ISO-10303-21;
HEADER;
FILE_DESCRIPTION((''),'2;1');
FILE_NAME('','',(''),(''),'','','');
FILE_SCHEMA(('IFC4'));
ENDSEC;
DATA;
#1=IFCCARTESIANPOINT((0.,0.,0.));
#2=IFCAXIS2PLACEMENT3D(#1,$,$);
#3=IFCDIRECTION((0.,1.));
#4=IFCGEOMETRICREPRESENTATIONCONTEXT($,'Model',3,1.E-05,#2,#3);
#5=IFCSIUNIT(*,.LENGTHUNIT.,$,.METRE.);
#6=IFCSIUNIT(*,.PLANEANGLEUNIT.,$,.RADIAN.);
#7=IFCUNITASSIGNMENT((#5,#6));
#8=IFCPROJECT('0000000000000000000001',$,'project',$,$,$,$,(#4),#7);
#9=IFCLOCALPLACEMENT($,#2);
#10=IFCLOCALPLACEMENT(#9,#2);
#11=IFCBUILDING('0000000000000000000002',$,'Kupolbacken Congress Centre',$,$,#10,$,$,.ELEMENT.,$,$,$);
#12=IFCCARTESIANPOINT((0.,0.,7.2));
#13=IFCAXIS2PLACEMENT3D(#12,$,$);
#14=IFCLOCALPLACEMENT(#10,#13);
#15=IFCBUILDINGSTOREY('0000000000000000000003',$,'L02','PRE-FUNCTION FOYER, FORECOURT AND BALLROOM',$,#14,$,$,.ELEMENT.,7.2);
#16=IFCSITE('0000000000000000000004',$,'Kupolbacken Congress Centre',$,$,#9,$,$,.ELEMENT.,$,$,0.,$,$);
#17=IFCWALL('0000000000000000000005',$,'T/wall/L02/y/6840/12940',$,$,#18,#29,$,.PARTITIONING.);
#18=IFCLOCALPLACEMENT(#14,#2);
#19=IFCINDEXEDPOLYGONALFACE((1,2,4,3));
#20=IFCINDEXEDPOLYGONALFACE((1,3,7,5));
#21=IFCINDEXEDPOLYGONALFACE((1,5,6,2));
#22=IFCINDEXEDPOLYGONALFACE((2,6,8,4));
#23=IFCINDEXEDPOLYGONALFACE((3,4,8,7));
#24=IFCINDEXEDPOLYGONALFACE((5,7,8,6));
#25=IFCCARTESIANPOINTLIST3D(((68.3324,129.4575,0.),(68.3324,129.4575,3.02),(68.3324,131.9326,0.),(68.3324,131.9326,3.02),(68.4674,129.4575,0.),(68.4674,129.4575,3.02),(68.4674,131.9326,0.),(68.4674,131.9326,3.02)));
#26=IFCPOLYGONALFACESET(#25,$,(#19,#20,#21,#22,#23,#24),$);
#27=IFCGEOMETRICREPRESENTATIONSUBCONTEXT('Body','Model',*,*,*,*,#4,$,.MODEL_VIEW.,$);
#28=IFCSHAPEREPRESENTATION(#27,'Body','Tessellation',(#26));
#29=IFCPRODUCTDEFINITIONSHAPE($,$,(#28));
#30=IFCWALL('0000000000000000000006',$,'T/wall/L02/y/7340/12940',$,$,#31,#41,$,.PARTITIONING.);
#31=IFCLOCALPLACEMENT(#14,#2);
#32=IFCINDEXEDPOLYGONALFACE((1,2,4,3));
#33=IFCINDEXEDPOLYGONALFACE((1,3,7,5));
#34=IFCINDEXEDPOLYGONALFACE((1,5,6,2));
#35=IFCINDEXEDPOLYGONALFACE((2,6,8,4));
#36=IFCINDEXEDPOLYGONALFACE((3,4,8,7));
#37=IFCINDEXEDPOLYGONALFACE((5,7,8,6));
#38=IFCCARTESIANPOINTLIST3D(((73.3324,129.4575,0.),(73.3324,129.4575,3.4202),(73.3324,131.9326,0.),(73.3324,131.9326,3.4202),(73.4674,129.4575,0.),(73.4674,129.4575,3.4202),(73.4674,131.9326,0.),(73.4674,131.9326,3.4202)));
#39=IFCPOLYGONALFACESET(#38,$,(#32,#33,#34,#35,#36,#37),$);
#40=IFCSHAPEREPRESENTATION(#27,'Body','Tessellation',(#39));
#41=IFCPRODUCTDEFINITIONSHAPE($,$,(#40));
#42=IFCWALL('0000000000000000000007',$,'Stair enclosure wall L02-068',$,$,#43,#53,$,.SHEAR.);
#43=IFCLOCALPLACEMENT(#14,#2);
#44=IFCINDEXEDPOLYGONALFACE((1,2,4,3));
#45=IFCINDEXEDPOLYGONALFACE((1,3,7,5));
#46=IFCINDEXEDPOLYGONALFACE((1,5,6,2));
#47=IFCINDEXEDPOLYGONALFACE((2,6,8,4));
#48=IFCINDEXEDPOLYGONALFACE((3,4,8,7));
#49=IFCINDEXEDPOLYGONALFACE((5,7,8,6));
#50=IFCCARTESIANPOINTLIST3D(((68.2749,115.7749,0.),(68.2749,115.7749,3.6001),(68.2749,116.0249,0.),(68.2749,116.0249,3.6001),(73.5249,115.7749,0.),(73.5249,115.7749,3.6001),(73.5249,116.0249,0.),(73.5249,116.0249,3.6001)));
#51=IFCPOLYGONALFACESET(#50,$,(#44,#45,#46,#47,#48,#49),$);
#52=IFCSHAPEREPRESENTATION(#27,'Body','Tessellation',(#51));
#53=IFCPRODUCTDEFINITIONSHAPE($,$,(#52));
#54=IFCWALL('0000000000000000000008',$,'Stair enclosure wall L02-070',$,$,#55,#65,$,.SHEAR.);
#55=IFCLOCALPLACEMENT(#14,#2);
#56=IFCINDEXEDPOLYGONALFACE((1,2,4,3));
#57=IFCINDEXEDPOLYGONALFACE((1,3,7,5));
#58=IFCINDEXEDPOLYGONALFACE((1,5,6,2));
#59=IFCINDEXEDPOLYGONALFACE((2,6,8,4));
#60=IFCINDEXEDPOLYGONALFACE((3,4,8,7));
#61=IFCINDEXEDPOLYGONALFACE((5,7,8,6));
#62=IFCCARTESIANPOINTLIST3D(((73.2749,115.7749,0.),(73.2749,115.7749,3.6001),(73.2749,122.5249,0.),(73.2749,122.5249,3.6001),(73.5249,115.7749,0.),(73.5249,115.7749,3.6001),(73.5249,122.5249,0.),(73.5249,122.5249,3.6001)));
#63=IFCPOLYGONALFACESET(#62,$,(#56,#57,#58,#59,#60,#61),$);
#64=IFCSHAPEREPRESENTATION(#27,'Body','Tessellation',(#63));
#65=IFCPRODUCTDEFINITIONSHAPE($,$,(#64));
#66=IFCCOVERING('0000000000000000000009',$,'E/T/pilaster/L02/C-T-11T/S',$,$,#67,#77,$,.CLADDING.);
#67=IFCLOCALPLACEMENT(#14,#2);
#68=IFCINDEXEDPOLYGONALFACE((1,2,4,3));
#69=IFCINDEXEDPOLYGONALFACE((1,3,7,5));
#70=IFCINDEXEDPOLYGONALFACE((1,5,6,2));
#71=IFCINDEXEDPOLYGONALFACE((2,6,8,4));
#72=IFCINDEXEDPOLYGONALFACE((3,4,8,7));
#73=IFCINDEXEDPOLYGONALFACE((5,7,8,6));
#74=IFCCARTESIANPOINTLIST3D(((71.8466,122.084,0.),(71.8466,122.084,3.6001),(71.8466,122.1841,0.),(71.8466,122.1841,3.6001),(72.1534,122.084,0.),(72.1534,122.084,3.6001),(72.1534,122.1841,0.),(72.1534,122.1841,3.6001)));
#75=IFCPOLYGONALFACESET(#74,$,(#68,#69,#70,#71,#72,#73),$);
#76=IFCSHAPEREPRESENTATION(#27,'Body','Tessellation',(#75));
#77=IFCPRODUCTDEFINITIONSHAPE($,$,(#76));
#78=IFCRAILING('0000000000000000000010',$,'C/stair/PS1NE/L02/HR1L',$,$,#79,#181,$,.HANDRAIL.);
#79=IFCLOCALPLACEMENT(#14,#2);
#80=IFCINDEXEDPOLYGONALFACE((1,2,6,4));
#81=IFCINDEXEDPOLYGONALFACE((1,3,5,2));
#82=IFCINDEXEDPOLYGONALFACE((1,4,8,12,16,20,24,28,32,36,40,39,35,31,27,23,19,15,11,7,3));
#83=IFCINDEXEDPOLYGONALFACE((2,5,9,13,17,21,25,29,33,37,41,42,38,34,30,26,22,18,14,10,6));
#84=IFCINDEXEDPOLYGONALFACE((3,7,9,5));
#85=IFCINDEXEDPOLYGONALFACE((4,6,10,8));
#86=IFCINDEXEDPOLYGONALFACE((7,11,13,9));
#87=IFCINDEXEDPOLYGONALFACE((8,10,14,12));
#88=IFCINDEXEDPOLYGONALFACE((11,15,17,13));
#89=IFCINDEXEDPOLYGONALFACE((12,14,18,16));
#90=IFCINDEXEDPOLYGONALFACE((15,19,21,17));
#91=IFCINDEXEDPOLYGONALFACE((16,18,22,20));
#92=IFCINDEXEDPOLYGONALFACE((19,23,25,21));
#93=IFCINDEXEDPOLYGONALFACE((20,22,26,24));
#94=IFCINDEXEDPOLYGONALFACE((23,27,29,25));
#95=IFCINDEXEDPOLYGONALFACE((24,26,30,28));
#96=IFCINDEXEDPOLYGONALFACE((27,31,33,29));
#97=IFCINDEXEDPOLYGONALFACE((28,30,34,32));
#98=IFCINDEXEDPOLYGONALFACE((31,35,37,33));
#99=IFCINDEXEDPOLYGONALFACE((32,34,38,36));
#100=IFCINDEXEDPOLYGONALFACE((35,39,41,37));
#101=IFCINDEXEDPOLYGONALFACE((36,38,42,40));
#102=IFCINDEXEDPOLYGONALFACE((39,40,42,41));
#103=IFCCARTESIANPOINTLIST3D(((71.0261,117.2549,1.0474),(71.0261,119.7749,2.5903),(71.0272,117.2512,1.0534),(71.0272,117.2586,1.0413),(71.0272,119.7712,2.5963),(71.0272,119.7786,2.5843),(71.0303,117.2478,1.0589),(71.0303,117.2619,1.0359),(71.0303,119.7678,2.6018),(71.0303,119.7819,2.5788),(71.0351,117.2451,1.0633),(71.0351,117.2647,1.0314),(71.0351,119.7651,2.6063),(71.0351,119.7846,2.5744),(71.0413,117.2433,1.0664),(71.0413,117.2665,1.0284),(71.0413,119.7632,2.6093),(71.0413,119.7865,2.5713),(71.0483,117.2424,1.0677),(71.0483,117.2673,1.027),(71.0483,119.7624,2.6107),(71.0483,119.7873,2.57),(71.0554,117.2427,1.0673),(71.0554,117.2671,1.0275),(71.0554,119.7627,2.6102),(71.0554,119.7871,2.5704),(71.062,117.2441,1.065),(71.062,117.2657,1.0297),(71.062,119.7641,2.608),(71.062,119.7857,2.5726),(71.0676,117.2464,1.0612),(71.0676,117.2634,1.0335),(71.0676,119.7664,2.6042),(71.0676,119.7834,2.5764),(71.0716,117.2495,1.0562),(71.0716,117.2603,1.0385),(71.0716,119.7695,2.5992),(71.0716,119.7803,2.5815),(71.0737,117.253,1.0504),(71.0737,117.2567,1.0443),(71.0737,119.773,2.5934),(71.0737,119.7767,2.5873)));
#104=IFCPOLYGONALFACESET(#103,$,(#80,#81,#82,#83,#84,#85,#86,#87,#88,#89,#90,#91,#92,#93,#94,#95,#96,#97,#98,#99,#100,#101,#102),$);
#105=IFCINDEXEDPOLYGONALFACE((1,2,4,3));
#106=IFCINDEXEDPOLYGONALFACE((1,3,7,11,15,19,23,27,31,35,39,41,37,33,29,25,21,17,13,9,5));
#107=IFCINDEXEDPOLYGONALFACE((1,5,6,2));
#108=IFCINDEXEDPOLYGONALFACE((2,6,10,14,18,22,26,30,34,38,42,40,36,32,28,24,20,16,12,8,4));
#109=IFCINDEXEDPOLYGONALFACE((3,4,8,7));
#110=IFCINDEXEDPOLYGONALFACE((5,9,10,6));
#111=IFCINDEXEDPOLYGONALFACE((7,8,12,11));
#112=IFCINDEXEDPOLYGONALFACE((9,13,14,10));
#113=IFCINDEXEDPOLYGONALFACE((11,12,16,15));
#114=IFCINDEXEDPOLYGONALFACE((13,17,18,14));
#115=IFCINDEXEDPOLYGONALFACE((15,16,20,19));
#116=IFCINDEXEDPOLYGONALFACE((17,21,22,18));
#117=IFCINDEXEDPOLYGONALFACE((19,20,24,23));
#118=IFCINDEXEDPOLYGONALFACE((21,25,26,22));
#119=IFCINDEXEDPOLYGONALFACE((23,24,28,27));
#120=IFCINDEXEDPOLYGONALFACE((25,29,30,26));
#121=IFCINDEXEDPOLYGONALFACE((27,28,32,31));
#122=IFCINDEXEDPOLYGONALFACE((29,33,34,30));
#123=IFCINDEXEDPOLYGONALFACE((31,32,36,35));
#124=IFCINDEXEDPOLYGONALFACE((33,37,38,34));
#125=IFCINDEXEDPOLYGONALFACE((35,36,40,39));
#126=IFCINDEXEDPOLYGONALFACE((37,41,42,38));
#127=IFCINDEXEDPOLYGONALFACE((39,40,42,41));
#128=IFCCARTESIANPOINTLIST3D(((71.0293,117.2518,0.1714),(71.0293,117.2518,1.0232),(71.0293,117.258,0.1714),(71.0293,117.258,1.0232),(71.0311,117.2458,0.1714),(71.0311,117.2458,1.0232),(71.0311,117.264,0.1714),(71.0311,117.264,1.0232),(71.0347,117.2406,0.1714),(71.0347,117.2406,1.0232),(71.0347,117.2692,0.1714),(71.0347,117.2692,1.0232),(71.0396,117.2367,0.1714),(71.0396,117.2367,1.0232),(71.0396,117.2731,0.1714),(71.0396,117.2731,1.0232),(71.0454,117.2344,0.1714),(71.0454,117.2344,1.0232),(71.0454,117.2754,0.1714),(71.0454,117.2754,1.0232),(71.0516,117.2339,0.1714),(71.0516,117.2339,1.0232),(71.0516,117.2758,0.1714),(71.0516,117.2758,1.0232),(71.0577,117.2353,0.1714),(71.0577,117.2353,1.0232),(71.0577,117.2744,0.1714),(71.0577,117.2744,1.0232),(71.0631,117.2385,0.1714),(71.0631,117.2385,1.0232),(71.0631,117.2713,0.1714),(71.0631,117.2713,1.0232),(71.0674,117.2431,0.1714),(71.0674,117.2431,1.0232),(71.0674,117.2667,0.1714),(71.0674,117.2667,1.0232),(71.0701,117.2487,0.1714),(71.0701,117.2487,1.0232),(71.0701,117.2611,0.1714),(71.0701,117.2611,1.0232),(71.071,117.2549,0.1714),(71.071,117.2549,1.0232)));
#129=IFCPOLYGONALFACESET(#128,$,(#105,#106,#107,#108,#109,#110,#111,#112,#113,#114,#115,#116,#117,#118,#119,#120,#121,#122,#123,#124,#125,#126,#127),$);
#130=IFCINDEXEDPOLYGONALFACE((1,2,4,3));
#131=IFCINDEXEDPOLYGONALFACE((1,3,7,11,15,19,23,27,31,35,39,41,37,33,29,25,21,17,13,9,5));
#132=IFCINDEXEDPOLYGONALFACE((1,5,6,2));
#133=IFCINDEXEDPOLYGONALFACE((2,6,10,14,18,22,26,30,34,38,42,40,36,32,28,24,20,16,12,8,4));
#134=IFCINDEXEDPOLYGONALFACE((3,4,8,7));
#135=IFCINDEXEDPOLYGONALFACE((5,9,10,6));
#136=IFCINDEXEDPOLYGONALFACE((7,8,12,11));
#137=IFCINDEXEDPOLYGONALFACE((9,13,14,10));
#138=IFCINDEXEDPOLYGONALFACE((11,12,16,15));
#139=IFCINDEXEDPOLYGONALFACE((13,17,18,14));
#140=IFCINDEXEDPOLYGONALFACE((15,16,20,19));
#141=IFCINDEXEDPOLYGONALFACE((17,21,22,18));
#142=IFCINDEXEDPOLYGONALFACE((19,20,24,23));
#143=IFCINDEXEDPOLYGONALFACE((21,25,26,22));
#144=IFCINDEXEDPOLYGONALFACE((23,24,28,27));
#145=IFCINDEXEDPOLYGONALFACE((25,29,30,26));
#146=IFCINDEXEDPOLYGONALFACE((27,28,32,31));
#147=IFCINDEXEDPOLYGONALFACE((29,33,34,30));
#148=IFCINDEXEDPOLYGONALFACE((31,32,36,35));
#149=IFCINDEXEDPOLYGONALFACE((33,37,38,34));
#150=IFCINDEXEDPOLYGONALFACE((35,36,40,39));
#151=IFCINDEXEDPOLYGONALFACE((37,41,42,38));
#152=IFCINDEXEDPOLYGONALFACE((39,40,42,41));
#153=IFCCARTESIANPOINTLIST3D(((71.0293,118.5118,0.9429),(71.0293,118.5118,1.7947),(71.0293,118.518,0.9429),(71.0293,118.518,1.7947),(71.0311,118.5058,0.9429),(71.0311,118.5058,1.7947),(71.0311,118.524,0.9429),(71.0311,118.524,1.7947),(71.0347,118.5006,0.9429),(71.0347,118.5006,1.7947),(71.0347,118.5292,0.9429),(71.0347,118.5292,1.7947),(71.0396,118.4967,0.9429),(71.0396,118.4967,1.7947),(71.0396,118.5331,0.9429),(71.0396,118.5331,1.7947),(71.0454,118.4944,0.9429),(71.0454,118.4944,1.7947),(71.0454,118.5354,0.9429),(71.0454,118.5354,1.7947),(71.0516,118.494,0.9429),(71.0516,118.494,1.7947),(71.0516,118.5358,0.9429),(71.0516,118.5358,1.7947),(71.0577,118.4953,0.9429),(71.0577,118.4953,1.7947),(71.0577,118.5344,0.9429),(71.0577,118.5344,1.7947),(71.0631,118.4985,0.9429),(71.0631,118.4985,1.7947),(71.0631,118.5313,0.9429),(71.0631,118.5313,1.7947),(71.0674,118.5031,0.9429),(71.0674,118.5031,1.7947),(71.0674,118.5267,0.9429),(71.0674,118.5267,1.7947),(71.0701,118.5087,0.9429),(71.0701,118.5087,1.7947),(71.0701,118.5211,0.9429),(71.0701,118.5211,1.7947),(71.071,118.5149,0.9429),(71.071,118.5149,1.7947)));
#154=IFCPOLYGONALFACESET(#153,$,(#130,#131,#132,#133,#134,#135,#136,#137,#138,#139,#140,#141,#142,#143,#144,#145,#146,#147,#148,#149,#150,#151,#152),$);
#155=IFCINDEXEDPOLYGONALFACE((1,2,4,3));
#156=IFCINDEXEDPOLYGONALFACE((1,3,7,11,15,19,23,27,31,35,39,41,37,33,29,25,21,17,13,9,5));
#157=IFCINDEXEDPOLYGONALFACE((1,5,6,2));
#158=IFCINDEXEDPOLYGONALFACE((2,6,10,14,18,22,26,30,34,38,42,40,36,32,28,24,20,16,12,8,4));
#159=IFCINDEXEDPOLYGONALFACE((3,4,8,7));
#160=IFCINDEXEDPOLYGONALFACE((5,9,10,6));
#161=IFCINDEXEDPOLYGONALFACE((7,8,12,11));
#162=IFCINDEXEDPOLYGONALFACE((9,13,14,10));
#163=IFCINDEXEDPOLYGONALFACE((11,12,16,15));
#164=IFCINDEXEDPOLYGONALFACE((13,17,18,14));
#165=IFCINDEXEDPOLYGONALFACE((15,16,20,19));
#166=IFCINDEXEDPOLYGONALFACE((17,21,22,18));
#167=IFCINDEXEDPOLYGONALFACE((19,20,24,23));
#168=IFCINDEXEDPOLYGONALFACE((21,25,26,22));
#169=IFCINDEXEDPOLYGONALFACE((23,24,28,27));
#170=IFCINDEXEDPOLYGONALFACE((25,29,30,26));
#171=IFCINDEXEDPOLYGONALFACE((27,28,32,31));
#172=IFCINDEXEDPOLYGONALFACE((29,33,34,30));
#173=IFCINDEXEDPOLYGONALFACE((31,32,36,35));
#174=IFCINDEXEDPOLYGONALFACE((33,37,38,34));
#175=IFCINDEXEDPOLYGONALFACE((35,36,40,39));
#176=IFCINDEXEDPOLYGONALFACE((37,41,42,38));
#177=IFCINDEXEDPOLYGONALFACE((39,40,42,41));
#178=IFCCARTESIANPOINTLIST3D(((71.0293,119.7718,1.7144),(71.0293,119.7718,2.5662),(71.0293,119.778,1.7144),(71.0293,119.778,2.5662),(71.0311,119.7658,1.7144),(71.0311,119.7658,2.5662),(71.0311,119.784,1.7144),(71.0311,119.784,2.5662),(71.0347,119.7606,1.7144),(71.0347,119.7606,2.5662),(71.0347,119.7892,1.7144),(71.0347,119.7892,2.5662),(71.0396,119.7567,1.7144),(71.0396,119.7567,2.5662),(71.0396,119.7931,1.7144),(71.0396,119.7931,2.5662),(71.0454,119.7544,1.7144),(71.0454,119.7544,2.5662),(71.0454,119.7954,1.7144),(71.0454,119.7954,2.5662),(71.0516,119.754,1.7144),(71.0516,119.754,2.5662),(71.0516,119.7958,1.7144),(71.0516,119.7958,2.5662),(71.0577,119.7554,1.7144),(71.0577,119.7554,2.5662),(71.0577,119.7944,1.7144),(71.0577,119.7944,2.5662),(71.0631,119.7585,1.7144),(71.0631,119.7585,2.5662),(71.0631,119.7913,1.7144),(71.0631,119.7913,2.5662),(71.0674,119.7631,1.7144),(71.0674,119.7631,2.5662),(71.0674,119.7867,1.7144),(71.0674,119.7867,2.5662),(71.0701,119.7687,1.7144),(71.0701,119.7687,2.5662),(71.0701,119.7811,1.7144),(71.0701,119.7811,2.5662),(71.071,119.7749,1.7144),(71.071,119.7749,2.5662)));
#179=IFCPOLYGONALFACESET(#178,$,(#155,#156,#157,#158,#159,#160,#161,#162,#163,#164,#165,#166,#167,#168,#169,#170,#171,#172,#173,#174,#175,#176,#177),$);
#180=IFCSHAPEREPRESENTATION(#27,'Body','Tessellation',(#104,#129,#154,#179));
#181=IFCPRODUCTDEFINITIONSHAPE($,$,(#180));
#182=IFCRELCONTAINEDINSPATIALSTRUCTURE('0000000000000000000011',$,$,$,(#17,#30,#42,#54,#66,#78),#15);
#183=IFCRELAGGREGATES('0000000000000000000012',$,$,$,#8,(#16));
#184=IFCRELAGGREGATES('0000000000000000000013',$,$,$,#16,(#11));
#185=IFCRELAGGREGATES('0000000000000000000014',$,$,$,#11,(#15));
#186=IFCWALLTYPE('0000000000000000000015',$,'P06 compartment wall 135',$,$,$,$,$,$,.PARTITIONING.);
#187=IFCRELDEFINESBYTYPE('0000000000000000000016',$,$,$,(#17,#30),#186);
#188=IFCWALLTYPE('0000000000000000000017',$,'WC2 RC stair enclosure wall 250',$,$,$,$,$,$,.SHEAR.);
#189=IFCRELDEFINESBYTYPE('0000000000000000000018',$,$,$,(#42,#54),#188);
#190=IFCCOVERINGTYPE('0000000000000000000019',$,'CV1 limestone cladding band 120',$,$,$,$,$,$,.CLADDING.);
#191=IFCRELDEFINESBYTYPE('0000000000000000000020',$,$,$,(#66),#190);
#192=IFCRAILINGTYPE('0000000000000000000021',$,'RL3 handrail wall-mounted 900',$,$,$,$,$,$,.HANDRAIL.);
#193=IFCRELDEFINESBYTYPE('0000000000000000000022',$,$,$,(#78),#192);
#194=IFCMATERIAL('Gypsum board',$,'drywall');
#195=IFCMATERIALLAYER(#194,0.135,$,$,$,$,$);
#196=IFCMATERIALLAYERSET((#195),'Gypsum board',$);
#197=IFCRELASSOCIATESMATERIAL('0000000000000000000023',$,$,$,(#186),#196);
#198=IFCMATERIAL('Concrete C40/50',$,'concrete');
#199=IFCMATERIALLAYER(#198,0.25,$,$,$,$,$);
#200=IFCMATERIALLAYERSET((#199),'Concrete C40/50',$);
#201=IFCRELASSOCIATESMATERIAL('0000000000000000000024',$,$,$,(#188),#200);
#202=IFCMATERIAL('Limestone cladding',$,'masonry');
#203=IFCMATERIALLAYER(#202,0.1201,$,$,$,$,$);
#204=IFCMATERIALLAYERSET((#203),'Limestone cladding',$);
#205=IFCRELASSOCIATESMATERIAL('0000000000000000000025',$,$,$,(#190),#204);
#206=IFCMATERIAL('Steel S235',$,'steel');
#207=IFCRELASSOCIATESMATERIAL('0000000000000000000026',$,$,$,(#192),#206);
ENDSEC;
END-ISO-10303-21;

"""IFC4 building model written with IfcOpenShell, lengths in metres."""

from ifc_helpers import new_model, si_unit, direction, frame, frame_2d, origin, origin_2d, place, context, subcontext, project, spatial, rectangle, circle, extrude, material, layer, layer_set, type_object, element, save


model = new_model("IFC4")

# Units and contexts
model_context = context("Model", 3, precision=1e-05, world=origin(), true_north=direction((0.0, 1.0)))
body_context = subcontext(model_context, "Body", "Model", "MODEL_VIEW")
ifc_project = project(units=[si_unit("LENGTHUNIT", "METRE"), si_unit("PLANEANGLEUNIT", "RADIAN")], contexts=[model_context])

# Site, building, storey
site_placement = place(None, origin())
site = spatial("IfcSite", under=ifc_project, at=site_placement, Name="Kupolbacken Congress Centre", CompositionType="ELEMENT", RefElevation=0.0)
building_placement = place(site_placement, origin())
building = spatial("IfcBuilding", under=site, at=building_placement, Name="Kupolbacken Congress Centre", CompositionType="ELEMENT")
storey_placement = place(building_placement, frame((0.0, 0.0, 7.2)))
storey = spatial("IfcBuildingStorey", under=building, at=storey_placement, Name="L02", Description="PRE-FUNCTION FOYER, FORECOURT AND BALLROOM", CompositionType="ELEMENT", Elevation=7.2)

# Walls
ifc_material_1 = material(Name="Gypsum board", Category="drywall")
ifc_layer_1 = layer(ifc_material_1, 0.135)
ifc_layer_set_1 = layer_set([ifc_layer_1], Name="Gypsum board")
wall_type_1 = type_object("IfcWallType", Name="P06 compartment wall 135", PredefinedType="PARTITIONING", material=ifc_layer_set_1)
wall_1_placement = place(storey_placement, frame((68.3999, 129.4575, 0.0), z_axis=(0.0, 0.0, 1.0), x_axis=(0.0, 1.0, 0.0)))
element("IfcWall", 1, at=wall_1_placement, inside=storey, type_object=wall_type_1, Name="T/wall/L02/y/6840/12940", PredefinedType="PARTITIONING", context=body_context, shape_type="SweptSolid", body=[
    extrude(rectangle(XDim=2.4751, YDim=0.135, at=frame_2d((1.2375, 0.0))), origin(), (0.0, 0.0, 1.0), 3.02),
])
wall_2_placement = place(storey_placement, frame((73.3999, 129.4575, 0.0), z_axis=(0.0, 0.0, 1.0), x_axis=(0.0, 1.0, 0.0)))
element("IfcWall", 2, at=wall_2_placement, inside=storey, type_object=wall_type_1, Name="T/wall/L02/y/7340/12940", PredefinedType="PARTITIONING", context=body_context, shape_type="SweptSolid", body=[
    extrude(rectangle(XDim=2.4751, YDim=0.135, at=frame_2d((1.2375, 0.0))), origin(), (0.0, 0.0, 1.0), 3.4202),
])
ifc_material_2 = material(Name="Concrete C40/50", Category="concrete")
ifc_layer_2 = layer(ifc_material_2, 0.25)
ifc_layer_set_2 = layer_set([ifc_layer_2], Name="Concrete C40/50")
wall_type_2 = type_object("IfcWallType", Name="WC2 RC stair enclosure wall 250", PredefinedType="SHEAR", material=ifc_layer_set_2)
wall_3_placement = place(storey_placement, frame((68.2749, 115.8999, 0.0), z_axis=(0.0, 0.0, 1.0), x_axis=(1.0, 0.0, 0.0)))
element("IfcWall", 3, at=wall_3_placement, inside=storey, type_object=wall_type_2, Name="Stair enclosure wall L02-068", PredefinedType="SHEAR", context=body_context, shape_type="SweptSolid", body=[
    extrude(rectangle(XDim=5.25, YDim=0.25, at=frame_2d((2.625, 0.0))), origin(), (0.0, 0.0, 1.0), 3.6001),
])
wall_4_placement = place(storey_placement, frame((73.3999, 115.7749, 0.0), z_axis=(0.0, 0.0, 1.0), x_axis=(0.0, 1.0, 0.0)))
element("IfcWall", 4, at=wall_4_placement, inside=storey, type_object=wall_type_2, Name="Stair enclosure wall L02-070", PredefinedType="SHEAR", context=body_context, shape_type="SweptSolid", body=[
    extrude(rectangle(XDim=6.75, YDim=0.25, at=frame_2d((3.375, 0.0))), origin(), (0.0, 0.0, 1.0), 3.6001),
])

# Covering
ifc_material_3 = material(Name="Limestone cladding", Category="masonry")
ifc_layer_3 = layer(ifc_material_3, 0.1201)
ifc_layer_set_3 = layer_set([ifc_layer_3], Name="Limestone cladding")
covering_type = type_object("IfcCoveringType", Name="CV1 limestone cladding band 120", PredefinedType="CLADDING", material=ifc_layer_set_3)
covering_placement = place(storey_placement, frame((72.0, 122.134, 0.0), z_axis=(0.0, 0.0, 1.0), x_axis=(1.0, 0.0, 0.0)))
element("IfcCovering", 5, at=covering_placement, inside=storey, type_object=covering_type, Name="E/T/pilaster/L02/C-T-11T/S", PredefinedType="CLADDING", context=body_context, shape_type="SweptSolid", body=[
    extrude(rectangle(XDim=0.3069, YDim=0.1001, at=origin_2d()), origin(), (0.0, 0.0, 1.0), 3.6001),
])

# Railing
ifc_material_4 = material(Name="Steel S235", Category="steel")
railing_type = type_object("IfcRailingType", Name="RL3 handrail wall-mounted 900", PredefinedType="HANDRAIL", material=ifc_material_4)
for number, where, name in (
    (6, (71.05, 117.2549, 0.1714), "C/stair/PS1NE/L02/HR1L"),
):
    element("IfcRailing", number, at=place(storey_placement, frame(where)), inside=storey, type_object=railing_type, Name=name, PredefinedType="HANDRAIL", context=body_context, shape_type="SweptSolid", body=[
        extrude(circle(Radius=0.0239, at=origin_2d()), frame((0.0, 0.0, 0.876), z_axis=(0.0, 0.852836, 0.522178), x_axis=(-1.0, 0.0, 0.0)), (0.0, 0.0, 1.0), 2.9548),
        extrude(circle(Radius=0.021, at=origin_2d()), origin(), (0.0, 0.0, 1.0), 0.8518),
        extrude(circle(Radius=0.021, at=origin_2d()), frame((0.0, 1.26, 0.7715)), (0.0, 0.0, 1.0), 0.8518),
        extrude(circle(Radius=0.021, at=origin_2d()), frame((0.0, 2.52, 1.543)), (0.0, 0.0, 1.0), 0.8518),
    ])

save(model, "model.ifc")
